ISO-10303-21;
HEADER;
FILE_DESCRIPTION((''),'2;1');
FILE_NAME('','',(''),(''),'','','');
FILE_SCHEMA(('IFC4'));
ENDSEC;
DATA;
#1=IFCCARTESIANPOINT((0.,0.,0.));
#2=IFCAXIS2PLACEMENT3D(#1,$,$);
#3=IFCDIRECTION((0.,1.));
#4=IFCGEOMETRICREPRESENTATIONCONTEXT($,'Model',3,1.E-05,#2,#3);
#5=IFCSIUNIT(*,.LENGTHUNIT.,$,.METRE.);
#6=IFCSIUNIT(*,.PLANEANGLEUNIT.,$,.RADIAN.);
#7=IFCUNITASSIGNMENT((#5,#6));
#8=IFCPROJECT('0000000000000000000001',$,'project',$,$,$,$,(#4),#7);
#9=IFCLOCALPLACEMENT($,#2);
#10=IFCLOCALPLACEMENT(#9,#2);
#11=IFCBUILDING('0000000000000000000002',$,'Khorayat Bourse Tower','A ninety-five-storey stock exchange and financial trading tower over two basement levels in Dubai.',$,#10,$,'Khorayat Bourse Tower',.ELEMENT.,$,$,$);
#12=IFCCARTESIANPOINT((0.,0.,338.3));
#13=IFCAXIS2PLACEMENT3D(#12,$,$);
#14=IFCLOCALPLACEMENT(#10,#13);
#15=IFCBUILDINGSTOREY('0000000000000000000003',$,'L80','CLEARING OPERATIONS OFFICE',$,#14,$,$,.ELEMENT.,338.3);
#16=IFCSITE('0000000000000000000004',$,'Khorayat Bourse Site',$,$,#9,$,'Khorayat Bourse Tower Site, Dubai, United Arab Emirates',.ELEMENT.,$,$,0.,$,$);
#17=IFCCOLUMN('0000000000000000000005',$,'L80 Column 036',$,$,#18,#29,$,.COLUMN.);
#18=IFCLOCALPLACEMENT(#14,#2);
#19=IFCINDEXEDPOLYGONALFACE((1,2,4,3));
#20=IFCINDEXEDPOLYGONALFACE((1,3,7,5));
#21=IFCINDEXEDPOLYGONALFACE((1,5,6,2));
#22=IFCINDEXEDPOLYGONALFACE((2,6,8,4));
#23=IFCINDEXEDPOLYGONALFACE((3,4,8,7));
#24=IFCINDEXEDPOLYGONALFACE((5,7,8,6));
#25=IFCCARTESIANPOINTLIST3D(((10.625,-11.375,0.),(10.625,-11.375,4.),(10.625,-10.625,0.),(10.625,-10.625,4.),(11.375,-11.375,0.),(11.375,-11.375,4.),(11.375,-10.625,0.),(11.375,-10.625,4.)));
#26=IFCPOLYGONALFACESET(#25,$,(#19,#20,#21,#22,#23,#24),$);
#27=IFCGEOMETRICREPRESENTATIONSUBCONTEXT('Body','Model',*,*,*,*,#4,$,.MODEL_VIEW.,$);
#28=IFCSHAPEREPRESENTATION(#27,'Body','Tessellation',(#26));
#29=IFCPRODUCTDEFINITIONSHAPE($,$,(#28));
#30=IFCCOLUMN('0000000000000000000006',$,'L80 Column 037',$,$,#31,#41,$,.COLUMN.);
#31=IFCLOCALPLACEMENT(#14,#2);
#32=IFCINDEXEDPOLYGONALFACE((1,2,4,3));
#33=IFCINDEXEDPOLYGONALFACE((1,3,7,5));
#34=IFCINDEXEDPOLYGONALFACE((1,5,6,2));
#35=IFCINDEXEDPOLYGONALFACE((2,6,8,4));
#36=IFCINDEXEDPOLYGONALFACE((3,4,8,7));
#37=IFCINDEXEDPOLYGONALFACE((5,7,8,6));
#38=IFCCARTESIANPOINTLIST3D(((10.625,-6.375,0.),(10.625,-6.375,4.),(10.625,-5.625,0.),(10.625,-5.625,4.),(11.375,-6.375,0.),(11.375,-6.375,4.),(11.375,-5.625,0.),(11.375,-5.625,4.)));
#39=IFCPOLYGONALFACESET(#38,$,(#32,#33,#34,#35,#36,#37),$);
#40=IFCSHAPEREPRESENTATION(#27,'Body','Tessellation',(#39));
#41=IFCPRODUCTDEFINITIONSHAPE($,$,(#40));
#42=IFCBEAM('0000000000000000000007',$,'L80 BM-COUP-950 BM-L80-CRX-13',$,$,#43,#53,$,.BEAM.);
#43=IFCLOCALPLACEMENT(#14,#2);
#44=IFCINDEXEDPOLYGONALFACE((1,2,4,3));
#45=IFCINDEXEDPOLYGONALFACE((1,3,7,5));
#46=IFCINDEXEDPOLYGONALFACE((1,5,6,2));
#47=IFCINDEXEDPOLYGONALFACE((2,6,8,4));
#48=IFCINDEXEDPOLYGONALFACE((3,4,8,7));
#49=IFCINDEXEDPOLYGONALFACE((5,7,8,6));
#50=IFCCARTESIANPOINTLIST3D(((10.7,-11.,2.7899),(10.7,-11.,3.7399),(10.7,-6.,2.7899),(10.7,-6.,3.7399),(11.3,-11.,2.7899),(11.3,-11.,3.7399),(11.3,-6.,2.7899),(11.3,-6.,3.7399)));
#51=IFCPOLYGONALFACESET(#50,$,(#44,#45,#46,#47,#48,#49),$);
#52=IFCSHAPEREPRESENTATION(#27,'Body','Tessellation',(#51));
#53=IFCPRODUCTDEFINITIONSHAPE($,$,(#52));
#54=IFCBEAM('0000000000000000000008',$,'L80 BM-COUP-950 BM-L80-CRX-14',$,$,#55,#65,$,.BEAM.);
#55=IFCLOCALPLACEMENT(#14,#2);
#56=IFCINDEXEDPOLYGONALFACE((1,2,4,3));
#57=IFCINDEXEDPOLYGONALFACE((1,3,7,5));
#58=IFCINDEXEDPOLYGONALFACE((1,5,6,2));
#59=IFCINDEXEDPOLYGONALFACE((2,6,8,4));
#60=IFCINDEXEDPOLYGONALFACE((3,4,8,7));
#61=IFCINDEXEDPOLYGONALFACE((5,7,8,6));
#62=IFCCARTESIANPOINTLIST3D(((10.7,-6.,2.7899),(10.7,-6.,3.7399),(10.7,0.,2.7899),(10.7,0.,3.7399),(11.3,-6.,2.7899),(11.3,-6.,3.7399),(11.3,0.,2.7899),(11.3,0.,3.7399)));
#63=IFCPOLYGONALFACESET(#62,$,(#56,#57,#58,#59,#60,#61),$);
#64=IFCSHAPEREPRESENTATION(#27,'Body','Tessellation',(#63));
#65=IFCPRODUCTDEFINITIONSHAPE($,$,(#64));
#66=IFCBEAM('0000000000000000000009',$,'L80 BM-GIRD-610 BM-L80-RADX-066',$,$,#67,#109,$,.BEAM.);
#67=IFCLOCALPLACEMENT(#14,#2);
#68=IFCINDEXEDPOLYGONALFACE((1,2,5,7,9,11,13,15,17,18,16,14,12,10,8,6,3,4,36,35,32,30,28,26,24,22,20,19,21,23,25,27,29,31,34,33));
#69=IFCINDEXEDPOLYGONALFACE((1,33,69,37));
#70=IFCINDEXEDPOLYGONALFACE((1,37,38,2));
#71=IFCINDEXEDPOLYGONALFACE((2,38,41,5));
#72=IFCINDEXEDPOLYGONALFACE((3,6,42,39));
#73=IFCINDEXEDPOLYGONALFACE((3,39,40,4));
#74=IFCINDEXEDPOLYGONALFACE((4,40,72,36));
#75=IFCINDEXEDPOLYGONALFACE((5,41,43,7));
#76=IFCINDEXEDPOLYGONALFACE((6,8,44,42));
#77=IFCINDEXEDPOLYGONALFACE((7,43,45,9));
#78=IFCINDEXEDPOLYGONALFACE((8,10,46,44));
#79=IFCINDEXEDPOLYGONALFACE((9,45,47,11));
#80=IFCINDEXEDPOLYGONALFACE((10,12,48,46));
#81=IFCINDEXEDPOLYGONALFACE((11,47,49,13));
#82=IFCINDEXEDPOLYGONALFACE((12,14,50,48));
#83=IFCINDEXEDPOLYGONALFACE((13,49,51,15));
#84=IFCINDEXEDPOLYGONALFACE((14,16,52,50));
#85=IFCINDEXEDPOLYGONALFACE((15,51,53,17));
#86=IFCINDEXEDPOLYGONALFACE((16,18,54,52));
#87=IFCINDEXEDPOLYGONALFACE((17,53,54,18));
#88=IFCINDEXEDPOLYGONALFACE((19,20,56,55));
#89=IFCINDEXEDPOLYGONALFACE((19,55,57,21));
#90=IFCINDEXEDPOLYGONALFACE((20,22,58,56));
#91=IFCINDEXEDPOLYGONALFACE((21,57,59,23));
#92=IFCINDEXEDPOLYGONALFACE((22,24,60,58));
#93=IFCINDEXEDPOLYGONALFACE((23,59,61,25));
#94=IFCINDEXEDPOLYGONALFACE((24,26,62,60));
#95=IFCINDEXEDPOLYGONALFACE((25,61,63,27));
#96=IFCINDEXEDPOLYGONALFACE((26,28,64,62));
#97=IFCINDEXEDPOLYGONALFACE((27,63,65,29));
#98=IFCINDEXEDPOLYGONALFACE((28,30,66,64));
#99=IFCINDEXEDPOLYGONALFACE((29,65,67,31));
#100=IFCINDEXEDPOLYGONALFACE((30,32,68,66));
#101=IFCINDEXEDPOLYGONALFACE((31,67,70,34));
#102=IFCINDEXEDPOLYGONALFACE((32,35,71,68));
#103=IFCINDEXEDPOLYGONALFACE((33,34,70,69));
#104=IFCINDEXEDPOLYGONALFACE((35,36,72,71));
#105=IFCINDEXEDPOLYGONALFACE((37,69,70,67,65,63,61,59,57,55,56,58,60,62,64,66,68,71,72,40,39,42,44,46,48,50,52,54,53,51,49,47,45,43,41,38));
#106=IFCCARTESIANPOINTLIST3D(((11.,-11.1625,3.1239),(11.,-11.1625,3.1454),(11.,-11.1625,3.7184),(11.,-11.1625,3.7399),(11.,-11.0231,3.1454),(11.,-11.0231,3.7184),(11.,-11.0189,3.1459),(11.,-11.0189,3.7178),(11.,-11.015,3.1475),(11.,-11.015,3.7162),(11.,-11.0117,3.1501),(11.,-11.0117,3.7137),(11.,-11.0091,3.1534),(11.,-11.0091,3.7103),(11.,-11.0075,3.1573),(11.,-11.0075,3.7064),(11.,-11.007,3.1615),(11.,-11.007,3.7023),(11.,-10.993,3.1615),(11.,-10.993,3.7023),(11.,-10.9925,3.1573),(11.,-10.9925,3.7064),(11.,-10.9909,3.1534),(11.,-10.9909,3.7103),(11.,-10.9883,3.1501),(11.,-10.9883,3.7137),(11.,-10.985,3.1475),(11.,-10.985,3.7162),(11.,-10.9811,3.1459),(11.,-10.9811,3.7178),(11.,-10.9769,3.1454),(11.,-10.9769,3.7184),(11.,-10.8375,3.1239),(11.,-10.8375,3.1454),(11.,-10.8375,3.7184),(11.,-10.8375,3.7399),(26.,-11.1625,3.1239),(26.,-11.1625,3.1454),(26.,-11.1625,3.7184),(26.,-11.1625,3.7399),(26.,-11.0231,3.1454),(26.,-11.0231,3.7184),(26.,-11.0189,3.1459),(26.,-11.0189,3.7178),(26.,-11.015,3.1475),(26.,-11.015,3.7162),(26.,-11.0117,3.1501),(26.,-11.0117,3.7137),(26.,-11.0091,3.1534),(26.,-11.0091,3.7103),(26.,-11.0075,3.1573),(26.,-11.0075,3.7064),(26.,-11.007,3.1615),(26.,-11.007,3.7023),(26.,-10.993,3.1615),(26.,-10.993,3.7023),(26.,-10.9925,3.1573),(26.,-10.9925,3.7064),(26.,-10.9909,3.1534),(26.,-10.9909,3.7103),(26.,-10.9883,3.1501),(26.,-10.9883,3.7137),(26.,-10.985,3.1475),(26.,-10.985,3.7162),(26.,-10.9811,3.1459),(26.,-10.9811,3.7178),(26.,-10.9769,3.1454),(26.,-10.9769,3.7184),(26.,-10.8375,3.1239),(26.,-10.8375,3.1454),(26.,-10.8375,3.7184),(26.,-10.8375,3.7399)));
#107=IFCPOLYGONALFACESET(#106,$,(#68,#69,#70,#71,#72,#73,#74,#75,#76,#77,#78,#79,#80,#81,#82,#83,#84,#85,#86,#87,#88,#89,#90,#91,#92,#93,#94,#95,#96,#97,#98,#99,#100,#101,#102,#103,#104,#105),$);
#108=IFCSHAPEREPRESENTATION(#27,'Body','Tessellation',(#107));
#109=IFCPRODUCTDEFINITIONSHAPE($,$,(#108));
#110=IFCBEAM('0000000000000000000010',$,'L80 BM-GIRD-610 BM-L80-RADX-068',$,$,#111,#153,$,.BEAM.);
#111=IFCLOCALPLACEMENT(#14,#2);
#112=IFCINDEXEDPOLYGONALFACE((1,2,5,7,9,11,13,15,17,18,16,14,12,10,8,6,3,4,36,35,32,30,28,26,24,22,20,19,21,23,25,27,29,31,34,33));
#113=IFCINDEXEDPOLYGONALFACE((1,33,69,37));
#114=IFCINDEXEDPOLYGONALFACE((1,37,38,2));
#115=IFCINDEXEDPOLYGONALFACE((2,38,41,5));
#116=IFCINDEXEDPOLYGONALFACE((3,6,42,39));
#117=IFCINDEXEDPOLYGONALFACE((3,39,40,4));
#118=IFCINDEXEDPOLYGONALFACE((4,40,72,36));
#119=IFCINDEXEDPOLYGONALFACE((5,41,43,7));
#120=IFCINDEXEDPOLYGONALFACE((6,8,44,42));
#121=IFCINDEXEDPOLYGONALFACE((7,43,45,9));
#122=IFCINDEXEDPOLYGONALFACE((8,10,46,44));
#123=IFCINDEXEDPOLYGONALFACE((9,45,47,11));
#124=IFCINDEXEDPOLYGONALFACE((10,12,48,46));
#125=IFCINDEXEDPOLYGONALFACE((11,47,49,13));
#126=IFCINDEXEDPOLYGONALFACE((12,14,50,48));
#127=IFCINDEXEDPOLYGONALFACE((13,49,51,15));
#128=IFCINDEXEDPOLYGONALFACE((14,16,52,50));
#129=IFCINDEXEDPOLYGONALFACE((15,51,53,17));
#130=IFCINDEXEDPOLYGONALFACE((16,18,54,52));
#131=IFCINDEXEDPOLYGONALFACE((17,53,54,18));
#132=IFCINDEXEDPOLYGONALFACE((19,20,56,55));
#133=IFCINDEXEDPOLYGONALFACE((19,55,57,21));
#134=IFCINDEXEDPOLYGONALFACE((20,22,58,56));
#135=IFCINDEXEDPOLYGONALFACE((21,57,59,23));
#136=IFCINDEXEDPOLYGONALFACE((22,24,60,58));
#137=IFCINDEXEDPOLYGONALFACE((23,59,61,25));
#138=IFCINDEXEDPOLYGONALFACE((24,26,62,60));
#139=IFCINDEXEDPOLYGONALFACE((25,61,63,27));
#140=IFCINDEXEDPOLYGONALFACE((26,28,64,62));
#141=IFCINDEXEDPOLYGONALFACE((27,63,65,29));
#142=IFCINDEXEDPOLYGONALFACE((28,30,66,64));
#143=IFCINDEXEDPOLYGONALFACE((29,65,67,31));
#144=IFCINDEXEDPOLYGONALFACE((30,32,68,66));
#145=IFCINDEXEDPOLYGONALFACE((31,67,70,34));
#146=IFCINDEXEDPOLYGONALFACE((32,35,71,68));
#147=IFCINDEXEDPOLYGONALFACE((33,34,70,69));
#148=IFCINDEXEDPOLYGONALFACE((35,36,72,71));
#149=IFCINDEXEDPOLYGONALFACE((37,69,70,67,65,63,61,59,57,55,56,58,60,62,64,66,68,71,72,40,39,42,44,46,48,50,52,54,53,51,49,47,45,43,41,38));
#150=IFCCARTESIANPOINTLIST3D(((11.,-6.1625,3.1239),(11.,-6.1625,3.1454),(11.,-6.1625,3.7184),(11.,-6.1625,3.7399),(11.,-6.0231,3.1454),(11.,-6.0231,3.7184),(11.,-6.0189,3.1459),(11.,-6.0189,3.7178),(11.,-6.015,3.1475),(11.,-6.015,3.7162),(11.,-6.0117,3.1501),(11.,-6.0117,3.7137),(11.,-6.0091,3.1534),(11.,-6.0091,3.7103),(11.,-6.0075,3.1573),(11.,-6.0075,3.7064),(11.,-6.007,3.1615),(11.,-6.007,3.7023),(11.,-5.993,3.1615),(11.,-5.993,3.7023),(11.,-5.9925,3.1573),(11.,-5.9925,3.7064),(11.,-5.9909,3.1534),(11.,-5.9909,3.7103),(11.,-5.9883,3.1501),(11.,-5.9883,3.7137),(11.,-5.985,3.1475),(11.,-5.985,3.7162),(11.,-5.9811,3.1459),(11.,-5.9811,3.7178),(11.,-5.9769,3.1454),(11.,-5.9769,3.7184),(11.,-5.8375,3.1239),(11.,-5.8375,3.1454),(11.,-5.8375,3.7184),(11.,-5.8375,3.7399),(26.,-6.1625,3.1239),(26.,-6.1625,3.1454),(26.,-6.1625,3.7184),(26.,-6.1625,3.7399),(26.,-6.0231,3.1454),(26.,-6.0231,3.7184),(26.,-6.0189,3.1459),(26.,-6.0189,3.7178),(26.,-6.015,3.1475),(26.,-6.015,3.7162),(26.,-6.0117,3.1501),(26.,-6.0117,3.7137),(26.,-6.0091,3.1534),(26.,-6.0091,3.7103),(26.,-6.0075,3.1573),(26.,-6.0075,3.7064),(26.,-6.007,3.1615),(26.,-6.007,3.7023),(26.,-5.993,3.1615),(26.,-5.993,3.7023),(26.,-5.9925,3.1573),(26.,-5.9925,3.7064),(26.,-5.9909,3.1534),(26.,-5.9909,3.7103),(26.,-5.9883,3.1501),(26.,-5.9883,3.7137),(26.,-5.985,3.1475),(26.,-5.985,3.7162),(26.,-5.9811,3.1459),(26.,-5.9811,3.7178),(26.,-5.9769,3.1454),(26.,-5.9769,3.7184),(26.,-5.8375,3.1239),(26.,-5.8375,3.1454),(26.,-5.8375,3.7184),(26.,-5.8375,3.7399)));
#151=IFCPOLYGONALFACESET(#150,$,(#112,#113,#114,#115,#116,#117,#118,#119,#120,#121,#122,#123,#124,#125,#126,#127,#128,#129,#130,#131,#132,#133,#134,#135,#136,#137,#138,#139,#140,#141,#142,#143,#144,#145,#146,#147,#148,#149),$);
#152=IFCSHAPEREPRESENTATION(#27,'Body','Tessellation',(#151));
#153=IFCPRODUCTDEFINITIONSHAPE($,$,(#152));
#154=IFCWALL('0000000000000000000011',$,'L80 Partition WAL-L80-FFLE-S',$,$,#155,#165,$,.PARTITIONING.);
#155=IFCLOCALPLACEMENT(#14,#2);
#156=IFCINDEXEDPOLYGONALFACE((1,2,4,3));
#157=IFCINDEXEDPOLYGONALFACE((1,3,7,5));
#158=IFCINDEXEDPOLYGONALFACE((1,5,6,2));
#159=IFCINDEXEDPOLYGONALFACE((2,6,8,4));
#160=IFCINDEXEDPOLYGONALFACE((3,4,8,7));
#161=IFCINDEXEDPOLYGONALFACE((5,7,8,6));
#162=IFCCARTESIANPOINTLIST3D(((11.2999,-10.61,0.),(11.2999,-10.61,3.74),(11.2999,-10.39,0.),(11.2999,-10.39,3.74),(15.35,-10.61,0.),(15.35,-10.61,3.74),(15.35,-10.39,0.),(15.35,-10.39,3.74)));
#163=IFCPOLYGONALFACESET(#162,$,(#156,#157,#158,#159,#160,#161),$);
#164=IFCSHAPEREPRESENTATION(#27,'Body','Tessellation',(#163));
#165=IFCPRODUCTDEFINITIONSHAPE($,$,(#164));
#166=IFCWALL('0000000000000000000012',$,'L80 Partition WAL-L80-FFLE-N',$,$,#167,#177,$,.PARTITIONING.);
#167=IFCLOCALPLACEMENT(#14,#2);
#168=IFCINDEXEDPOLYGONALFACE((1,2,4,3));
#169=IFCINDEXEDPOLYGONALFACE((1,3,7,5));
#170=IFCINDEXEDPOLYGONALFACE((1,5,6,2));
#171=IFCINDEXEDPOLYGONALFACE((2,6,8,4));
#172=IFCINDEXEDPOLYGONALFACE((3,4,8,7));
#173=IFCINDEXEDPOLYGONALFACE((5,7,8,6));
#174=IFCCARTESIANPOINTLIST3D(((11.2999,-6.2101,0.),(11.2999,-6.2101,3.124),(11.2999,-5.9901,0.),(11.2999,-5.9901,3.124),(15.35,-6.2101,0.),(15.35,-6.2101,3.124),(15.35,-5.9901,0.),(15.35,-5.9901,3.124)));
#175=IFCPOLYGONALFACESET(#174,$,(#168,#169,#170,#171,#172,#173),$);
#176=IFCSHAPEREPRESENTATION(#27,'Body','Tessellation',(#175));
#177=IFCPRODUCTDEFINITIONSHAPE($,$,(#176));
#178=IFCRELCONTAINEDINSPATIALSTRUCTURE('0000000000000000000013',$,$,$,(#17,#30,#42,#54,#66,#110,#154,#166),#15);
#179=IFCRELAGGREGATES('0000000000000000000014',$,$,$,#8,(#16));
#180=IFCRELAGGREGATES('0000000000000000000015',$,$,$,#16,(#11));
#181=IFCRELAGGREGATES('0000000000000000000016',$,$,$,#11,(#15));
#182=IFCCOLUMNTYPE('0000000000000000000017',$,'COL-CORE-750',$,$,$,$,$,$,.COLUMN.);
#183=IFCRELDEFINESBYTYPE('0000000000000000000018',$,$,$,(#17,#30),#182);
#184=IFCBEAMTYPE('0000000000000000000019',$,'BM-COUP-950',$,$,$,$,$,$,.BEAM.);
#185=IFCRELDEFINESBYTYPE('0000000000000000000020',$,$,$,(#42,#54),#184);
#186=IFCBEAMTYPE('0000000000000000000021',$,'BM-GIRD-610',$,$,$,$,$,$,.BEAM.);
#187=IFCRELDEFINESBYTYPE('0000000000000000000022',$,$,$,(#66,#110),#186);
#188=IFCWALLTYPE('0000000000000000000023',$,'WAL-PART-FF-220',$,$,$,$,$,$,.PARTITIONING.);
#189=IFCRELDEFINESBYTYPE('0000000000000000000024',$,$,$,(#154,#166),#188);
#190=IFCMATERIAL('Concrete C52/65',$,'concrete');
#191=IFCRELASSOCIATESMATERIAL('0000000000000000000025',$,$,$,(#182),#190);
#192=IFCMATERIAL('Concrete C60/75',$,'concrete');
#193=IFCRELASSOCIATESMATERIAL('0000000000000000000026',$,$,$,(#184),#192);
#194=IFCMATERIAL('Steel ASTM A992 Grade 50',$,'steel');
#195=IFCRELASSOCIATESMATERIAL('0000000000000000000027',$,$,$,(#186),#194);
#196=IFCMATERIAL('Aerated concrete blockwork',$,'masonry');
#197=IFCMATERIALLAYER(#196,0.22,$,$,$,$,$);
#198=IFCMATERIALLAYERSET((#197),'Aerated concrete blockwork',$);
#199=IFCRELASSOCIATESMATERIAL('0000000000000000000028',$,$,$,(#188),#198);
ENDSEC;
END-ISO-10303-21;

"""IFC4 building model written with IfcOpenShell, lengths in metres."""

from ifc_helpers import new_model, si_unit, direction, frame, frame_2d, origin, origin_2d, place, context, subcontext, project, spatial, rectangle, i_section, extrude, source, transform, mapped, material, layer, layer_set, material_profile, profile_set, type_object, element, save


model = new_model("IFC4")

# Units and contexts
model_context = context("Model", 3, precision=1e-05, world=origin(), true_north=direction((0.0, 1.0)))
body_context = subcontext(model_context, "Body", "Model", "MODEL_VIEW")
ifc_project = project(units=[si_unit("LENGTHUNIT", "METRE"), si_unit("PLANEANGLEUNIT", "RADIAN")], contexts=[model_context])

# Site, building, storey
site_placement = place(None, origin())
site = spatial("IfcSite", under=ifc_project, at=site_placement, Name="Khorayat Bourse Site", LongName="Khorayat Bourse Tower Site, Dubai, United Arab Emirates", CompositionType="ELEMENT", RefElevation=0.0)
building_placement = place(site_placement, origin())
building = spatial("IfcBuilding", under=site, at=building_placement, Name="Khorayat Bourse Tower", Description="A ninety-five-storey stock exchange and financial trading tower over two basement levels in Dubai.", LongName="Khorayat Bourse Tower", CompositionType="ELEMENT")
storey_placement = place(building_placement, frame((0.0, 0.0, 338.3)))
storey = spatial("IfcBuildingStorey", under=building, at=storey_placement, Name="L80", Description="CLEARING OPERATIONS OFFICE", CompositionType="ELEMENT", Elevation=338.3)

# Columns
ifc_material_1 = material(Name="Concrete C52/65", Category="concrete")
ifc_material_profile_1 = material_profile(ifc_material_1, rectangle(XDim=0.75, YDim=0.75, at=origin_2d()), Name="RC 750x750")
ifc_profile_set_1 = profile_set([ifc_material_profile_1], Name="Concrete C52/65")
column_type = type_object("IfcColumnType", Name="COL-CORE-750", PredefinedType="COLUMN", material=ifc_profile_set_1)
shared_shape_1 = source(origin(), body_context, "Body", "SweptSolid", [
    extrude(rectangle(XDim=0.75, YDim=0.75, at=origin_2d()), origin(), (0.0, 0.0, 1.0), 4.0),
])
for number, where, z_axis, x_axis, name in (
    (1, (11.0, -11.0, 0.0), (0.0, 0.0, 1.0), (1.0, 0.0, 0.0), "L80 Column 036"),
    (2, (11.0, -6.0, 0.0), (0.0, 0.0, 1.0), (1.0, 0.0, 0.0), "L80 Column 037"),
):
    element("IfcColumn", number, at=place(storey_placement, frame(where, z_axis=z_axis, x_axis=x_axis)), inside=storey, type_object=column_type, Name=name, PredefinedType="COLUMN", context=body_context, shape_type="MappedRepresentation", body=[
        mapped(shared_shape_1, transform((0.0, 0.0, 0.0), scale=1.0)),
    ])

# Beams
ifc_material_2 = material(Name="Concrete C60/75", Category="concrete")
ifc_material_profile_2 = material_profile(ifc_material_2, rectangle(XDim=0.6001, YDim=0.95, at=origin_2d()), Name="RC 600x950")
ifc_profile_set_2 = profile_set([ifc_material_profile_2], Name="Concrete C60/75")
beam_type_1 = type_object("IfcBeamType", Name="BM-COUP-950", PredefinedType="BEAM", material=ifc_profile_set_2)
shared_shape_2 = source(origin(), body_context, "Body", "SweptSolid", [
    extrude(rectangle(XDim=0.6001, YDim=0.95, at=origin_2d()), origin(), (0.0, 0.0, 1.0), 5.0),
])
beam_1_placement = place(storey_placement, frame((11.0, -11.0, 3.2649), z_axis=(0.0, 1.0, 0.0), x_axis=(-1.0, 0.0, 0.0)))
element("IfcBeam", 3, at=beam_1_placement, inside=storey, type_object=beam_type_1, Name="L80 BM-COUP-950 BM-L80-CRX-13", PredefinedType="BEAM", context=body_context, shape_type="MappedRepresentation", body=[
    mapped(shared_shape_2, transform((0.0, 0.0, 0.0), scale=1.0)),
])
shared_shape_3 = source(origin(), body_context, "Body", "SweptSolid", [
    extrude(rectangle(XDim=0.6001, YDim=0.95, at=origin_2d()), origin(), (0.0, 0.0, 1.0), 6.0),
])
beam_2_placement = place(storey_placement, frame((11.0, -6.0, 3.2649), z_axis=(0.0, 1.0, 0.0), x_axis=(-1.0, 0.0, 0.0)))
element("IfcBeam", 4, at=beam_2_placement, inside=storey, type_object=beam_type_1, Name="L80 BM-COUP-950 BM-L80-CRX-14", PredefinedType="BEAM", context=body_context, shape_type="MappedRepresentation", body=[
    mapped(shared_shape_3, transform((0.0, 0.0, 0.0), scale=1.0)),
])
ifc_material_3 = material(Name="Steel ASTM A992 Grade 50", Category="steel")
ifc_material_profile_3 = material_profile(ifc_material_3, i_section(OverallWidth=0.325, OverallDepth=0.616, WebThickness=0.0139, FlangeThickness=0.0215, FilletRadius=0.0161, at=origin_2d()), Name="W610X174")
ifc_profile_set_3 = profile_set([ifc_material_profile_3], Name="Steel ASTM A992 Grade 50")
beam_type_2 = type_object("IfcBeamType", Name="BM-GIRD-610", PredefinedType="BEAM", material=ifc_profile_set_3)
shared_shape_4 = source(origin(), body_context, "Body", "SweptSolid", [
    extrude(i_section(OverallWidth=0.325, OverallDepth=0.616, WebThickness=0.0139, FlangeThickness=0.0215, FilletRadius=0.0161, at=origin_2d()), origin(), (0.0, 0.0, 1.0), 15.0),
])
for number, where, z_axis, x_axis, name in (
    (5, (11.0, -11.0, 3.4319), (1.0, 0.0, 0.0), (0.0, 1.0, 0.0), "L80 BM-GIRD-610 BM-L80-RADX-066"),
    (6, (11.0, -6.0, 3.4319), (1.0, 0.0, 0.0), (0.0, 1.0, 0.0), "L80 BM-GIRD-610 BM-L80-RADX-068"),
):
    element("IfcBeam", number, at=place(storey_placement, frame(where, z_axis=z_axis, x_axis=x_axis)), inside=storey, type_object=beam_type_2, Name=name, PredefinedType="BEAM", context=body_context, shape_type="MappedRepresentation", body=[
        mapped(shared_shape_4, transform((0.0, 0.0, 0.0), scale=1.0)),
    ])

# Walls
ifc_material_4 = material(Name="Aerated concrete blockwork", Category="masonry")
ifc_layer_1 = layer(ifc_material_4, 0.22)
ifc_layer_set_1 = layer_set([ifc_layer_1], Name="Aerated concrete blockwork")
wall_type_1 = type_object("IfcWallType", Name="WAL-PART-FF-220", PredefinedType="PARTITIONING", material=ifc_layer_set_1)
shared_shape_5 = source(origin(), body_context, "Body", "SweptSolid", [
    extrude(rectangle(XDim=4.05, YDim=0.22, at=frame_2d((2.0249, 0.0))), origin(), (0.0, 0.0, 1.0), 3.74),
])
wall_1_placement = place(storey_placement, frame((11.3, -10.5, 0.0), z_axis=(0.0, 0.0, 1.0), x_axis=(1.0, 0.0, 0.0)))
element("IfcWall", 7, at=wall_1_placement, inside=storey, type_object=wall_type_1, Name="L80 Partition WAL-L80-FFLE-S", PredefinedType="PARTITIONING", context=body_context, shape_type="MappedRepresentation", body=[
    mapped(shared_shape_5, transform((0.0, 0.0, 0.0), scale=1.0)),
])
shared_shape_6 = source(origin(), body_context, "Body", "SweptSolid", [
    extrude(rectangle(XDim=4.05, YDim=0.22, at=frame_2d((2.0249, 0.0))), origin(), (0.0, 0.0, 1.0), 3.124),
])
wall_2_placement = place(storey_placement, frame((11.3, -6.1001, 0.0), z_axis=(0.0, 0.0, 1.0), x_axis=(1.0, 0.0, 0.0)))
element("IfcWall", 8, at=wall_2_placement, inside=storey, type_object=wall_type_1, Name="L80 Partition WAL-L80-FFLE-N", PredefinedType="PARTITIONING", context=body_context, shape_type="MappedRepresentation", body=[
    mapped(shared_shape_6, transform((0.0, 0.0, 0.0), scale=1.0)),
])

save(model, "model.ifc")
